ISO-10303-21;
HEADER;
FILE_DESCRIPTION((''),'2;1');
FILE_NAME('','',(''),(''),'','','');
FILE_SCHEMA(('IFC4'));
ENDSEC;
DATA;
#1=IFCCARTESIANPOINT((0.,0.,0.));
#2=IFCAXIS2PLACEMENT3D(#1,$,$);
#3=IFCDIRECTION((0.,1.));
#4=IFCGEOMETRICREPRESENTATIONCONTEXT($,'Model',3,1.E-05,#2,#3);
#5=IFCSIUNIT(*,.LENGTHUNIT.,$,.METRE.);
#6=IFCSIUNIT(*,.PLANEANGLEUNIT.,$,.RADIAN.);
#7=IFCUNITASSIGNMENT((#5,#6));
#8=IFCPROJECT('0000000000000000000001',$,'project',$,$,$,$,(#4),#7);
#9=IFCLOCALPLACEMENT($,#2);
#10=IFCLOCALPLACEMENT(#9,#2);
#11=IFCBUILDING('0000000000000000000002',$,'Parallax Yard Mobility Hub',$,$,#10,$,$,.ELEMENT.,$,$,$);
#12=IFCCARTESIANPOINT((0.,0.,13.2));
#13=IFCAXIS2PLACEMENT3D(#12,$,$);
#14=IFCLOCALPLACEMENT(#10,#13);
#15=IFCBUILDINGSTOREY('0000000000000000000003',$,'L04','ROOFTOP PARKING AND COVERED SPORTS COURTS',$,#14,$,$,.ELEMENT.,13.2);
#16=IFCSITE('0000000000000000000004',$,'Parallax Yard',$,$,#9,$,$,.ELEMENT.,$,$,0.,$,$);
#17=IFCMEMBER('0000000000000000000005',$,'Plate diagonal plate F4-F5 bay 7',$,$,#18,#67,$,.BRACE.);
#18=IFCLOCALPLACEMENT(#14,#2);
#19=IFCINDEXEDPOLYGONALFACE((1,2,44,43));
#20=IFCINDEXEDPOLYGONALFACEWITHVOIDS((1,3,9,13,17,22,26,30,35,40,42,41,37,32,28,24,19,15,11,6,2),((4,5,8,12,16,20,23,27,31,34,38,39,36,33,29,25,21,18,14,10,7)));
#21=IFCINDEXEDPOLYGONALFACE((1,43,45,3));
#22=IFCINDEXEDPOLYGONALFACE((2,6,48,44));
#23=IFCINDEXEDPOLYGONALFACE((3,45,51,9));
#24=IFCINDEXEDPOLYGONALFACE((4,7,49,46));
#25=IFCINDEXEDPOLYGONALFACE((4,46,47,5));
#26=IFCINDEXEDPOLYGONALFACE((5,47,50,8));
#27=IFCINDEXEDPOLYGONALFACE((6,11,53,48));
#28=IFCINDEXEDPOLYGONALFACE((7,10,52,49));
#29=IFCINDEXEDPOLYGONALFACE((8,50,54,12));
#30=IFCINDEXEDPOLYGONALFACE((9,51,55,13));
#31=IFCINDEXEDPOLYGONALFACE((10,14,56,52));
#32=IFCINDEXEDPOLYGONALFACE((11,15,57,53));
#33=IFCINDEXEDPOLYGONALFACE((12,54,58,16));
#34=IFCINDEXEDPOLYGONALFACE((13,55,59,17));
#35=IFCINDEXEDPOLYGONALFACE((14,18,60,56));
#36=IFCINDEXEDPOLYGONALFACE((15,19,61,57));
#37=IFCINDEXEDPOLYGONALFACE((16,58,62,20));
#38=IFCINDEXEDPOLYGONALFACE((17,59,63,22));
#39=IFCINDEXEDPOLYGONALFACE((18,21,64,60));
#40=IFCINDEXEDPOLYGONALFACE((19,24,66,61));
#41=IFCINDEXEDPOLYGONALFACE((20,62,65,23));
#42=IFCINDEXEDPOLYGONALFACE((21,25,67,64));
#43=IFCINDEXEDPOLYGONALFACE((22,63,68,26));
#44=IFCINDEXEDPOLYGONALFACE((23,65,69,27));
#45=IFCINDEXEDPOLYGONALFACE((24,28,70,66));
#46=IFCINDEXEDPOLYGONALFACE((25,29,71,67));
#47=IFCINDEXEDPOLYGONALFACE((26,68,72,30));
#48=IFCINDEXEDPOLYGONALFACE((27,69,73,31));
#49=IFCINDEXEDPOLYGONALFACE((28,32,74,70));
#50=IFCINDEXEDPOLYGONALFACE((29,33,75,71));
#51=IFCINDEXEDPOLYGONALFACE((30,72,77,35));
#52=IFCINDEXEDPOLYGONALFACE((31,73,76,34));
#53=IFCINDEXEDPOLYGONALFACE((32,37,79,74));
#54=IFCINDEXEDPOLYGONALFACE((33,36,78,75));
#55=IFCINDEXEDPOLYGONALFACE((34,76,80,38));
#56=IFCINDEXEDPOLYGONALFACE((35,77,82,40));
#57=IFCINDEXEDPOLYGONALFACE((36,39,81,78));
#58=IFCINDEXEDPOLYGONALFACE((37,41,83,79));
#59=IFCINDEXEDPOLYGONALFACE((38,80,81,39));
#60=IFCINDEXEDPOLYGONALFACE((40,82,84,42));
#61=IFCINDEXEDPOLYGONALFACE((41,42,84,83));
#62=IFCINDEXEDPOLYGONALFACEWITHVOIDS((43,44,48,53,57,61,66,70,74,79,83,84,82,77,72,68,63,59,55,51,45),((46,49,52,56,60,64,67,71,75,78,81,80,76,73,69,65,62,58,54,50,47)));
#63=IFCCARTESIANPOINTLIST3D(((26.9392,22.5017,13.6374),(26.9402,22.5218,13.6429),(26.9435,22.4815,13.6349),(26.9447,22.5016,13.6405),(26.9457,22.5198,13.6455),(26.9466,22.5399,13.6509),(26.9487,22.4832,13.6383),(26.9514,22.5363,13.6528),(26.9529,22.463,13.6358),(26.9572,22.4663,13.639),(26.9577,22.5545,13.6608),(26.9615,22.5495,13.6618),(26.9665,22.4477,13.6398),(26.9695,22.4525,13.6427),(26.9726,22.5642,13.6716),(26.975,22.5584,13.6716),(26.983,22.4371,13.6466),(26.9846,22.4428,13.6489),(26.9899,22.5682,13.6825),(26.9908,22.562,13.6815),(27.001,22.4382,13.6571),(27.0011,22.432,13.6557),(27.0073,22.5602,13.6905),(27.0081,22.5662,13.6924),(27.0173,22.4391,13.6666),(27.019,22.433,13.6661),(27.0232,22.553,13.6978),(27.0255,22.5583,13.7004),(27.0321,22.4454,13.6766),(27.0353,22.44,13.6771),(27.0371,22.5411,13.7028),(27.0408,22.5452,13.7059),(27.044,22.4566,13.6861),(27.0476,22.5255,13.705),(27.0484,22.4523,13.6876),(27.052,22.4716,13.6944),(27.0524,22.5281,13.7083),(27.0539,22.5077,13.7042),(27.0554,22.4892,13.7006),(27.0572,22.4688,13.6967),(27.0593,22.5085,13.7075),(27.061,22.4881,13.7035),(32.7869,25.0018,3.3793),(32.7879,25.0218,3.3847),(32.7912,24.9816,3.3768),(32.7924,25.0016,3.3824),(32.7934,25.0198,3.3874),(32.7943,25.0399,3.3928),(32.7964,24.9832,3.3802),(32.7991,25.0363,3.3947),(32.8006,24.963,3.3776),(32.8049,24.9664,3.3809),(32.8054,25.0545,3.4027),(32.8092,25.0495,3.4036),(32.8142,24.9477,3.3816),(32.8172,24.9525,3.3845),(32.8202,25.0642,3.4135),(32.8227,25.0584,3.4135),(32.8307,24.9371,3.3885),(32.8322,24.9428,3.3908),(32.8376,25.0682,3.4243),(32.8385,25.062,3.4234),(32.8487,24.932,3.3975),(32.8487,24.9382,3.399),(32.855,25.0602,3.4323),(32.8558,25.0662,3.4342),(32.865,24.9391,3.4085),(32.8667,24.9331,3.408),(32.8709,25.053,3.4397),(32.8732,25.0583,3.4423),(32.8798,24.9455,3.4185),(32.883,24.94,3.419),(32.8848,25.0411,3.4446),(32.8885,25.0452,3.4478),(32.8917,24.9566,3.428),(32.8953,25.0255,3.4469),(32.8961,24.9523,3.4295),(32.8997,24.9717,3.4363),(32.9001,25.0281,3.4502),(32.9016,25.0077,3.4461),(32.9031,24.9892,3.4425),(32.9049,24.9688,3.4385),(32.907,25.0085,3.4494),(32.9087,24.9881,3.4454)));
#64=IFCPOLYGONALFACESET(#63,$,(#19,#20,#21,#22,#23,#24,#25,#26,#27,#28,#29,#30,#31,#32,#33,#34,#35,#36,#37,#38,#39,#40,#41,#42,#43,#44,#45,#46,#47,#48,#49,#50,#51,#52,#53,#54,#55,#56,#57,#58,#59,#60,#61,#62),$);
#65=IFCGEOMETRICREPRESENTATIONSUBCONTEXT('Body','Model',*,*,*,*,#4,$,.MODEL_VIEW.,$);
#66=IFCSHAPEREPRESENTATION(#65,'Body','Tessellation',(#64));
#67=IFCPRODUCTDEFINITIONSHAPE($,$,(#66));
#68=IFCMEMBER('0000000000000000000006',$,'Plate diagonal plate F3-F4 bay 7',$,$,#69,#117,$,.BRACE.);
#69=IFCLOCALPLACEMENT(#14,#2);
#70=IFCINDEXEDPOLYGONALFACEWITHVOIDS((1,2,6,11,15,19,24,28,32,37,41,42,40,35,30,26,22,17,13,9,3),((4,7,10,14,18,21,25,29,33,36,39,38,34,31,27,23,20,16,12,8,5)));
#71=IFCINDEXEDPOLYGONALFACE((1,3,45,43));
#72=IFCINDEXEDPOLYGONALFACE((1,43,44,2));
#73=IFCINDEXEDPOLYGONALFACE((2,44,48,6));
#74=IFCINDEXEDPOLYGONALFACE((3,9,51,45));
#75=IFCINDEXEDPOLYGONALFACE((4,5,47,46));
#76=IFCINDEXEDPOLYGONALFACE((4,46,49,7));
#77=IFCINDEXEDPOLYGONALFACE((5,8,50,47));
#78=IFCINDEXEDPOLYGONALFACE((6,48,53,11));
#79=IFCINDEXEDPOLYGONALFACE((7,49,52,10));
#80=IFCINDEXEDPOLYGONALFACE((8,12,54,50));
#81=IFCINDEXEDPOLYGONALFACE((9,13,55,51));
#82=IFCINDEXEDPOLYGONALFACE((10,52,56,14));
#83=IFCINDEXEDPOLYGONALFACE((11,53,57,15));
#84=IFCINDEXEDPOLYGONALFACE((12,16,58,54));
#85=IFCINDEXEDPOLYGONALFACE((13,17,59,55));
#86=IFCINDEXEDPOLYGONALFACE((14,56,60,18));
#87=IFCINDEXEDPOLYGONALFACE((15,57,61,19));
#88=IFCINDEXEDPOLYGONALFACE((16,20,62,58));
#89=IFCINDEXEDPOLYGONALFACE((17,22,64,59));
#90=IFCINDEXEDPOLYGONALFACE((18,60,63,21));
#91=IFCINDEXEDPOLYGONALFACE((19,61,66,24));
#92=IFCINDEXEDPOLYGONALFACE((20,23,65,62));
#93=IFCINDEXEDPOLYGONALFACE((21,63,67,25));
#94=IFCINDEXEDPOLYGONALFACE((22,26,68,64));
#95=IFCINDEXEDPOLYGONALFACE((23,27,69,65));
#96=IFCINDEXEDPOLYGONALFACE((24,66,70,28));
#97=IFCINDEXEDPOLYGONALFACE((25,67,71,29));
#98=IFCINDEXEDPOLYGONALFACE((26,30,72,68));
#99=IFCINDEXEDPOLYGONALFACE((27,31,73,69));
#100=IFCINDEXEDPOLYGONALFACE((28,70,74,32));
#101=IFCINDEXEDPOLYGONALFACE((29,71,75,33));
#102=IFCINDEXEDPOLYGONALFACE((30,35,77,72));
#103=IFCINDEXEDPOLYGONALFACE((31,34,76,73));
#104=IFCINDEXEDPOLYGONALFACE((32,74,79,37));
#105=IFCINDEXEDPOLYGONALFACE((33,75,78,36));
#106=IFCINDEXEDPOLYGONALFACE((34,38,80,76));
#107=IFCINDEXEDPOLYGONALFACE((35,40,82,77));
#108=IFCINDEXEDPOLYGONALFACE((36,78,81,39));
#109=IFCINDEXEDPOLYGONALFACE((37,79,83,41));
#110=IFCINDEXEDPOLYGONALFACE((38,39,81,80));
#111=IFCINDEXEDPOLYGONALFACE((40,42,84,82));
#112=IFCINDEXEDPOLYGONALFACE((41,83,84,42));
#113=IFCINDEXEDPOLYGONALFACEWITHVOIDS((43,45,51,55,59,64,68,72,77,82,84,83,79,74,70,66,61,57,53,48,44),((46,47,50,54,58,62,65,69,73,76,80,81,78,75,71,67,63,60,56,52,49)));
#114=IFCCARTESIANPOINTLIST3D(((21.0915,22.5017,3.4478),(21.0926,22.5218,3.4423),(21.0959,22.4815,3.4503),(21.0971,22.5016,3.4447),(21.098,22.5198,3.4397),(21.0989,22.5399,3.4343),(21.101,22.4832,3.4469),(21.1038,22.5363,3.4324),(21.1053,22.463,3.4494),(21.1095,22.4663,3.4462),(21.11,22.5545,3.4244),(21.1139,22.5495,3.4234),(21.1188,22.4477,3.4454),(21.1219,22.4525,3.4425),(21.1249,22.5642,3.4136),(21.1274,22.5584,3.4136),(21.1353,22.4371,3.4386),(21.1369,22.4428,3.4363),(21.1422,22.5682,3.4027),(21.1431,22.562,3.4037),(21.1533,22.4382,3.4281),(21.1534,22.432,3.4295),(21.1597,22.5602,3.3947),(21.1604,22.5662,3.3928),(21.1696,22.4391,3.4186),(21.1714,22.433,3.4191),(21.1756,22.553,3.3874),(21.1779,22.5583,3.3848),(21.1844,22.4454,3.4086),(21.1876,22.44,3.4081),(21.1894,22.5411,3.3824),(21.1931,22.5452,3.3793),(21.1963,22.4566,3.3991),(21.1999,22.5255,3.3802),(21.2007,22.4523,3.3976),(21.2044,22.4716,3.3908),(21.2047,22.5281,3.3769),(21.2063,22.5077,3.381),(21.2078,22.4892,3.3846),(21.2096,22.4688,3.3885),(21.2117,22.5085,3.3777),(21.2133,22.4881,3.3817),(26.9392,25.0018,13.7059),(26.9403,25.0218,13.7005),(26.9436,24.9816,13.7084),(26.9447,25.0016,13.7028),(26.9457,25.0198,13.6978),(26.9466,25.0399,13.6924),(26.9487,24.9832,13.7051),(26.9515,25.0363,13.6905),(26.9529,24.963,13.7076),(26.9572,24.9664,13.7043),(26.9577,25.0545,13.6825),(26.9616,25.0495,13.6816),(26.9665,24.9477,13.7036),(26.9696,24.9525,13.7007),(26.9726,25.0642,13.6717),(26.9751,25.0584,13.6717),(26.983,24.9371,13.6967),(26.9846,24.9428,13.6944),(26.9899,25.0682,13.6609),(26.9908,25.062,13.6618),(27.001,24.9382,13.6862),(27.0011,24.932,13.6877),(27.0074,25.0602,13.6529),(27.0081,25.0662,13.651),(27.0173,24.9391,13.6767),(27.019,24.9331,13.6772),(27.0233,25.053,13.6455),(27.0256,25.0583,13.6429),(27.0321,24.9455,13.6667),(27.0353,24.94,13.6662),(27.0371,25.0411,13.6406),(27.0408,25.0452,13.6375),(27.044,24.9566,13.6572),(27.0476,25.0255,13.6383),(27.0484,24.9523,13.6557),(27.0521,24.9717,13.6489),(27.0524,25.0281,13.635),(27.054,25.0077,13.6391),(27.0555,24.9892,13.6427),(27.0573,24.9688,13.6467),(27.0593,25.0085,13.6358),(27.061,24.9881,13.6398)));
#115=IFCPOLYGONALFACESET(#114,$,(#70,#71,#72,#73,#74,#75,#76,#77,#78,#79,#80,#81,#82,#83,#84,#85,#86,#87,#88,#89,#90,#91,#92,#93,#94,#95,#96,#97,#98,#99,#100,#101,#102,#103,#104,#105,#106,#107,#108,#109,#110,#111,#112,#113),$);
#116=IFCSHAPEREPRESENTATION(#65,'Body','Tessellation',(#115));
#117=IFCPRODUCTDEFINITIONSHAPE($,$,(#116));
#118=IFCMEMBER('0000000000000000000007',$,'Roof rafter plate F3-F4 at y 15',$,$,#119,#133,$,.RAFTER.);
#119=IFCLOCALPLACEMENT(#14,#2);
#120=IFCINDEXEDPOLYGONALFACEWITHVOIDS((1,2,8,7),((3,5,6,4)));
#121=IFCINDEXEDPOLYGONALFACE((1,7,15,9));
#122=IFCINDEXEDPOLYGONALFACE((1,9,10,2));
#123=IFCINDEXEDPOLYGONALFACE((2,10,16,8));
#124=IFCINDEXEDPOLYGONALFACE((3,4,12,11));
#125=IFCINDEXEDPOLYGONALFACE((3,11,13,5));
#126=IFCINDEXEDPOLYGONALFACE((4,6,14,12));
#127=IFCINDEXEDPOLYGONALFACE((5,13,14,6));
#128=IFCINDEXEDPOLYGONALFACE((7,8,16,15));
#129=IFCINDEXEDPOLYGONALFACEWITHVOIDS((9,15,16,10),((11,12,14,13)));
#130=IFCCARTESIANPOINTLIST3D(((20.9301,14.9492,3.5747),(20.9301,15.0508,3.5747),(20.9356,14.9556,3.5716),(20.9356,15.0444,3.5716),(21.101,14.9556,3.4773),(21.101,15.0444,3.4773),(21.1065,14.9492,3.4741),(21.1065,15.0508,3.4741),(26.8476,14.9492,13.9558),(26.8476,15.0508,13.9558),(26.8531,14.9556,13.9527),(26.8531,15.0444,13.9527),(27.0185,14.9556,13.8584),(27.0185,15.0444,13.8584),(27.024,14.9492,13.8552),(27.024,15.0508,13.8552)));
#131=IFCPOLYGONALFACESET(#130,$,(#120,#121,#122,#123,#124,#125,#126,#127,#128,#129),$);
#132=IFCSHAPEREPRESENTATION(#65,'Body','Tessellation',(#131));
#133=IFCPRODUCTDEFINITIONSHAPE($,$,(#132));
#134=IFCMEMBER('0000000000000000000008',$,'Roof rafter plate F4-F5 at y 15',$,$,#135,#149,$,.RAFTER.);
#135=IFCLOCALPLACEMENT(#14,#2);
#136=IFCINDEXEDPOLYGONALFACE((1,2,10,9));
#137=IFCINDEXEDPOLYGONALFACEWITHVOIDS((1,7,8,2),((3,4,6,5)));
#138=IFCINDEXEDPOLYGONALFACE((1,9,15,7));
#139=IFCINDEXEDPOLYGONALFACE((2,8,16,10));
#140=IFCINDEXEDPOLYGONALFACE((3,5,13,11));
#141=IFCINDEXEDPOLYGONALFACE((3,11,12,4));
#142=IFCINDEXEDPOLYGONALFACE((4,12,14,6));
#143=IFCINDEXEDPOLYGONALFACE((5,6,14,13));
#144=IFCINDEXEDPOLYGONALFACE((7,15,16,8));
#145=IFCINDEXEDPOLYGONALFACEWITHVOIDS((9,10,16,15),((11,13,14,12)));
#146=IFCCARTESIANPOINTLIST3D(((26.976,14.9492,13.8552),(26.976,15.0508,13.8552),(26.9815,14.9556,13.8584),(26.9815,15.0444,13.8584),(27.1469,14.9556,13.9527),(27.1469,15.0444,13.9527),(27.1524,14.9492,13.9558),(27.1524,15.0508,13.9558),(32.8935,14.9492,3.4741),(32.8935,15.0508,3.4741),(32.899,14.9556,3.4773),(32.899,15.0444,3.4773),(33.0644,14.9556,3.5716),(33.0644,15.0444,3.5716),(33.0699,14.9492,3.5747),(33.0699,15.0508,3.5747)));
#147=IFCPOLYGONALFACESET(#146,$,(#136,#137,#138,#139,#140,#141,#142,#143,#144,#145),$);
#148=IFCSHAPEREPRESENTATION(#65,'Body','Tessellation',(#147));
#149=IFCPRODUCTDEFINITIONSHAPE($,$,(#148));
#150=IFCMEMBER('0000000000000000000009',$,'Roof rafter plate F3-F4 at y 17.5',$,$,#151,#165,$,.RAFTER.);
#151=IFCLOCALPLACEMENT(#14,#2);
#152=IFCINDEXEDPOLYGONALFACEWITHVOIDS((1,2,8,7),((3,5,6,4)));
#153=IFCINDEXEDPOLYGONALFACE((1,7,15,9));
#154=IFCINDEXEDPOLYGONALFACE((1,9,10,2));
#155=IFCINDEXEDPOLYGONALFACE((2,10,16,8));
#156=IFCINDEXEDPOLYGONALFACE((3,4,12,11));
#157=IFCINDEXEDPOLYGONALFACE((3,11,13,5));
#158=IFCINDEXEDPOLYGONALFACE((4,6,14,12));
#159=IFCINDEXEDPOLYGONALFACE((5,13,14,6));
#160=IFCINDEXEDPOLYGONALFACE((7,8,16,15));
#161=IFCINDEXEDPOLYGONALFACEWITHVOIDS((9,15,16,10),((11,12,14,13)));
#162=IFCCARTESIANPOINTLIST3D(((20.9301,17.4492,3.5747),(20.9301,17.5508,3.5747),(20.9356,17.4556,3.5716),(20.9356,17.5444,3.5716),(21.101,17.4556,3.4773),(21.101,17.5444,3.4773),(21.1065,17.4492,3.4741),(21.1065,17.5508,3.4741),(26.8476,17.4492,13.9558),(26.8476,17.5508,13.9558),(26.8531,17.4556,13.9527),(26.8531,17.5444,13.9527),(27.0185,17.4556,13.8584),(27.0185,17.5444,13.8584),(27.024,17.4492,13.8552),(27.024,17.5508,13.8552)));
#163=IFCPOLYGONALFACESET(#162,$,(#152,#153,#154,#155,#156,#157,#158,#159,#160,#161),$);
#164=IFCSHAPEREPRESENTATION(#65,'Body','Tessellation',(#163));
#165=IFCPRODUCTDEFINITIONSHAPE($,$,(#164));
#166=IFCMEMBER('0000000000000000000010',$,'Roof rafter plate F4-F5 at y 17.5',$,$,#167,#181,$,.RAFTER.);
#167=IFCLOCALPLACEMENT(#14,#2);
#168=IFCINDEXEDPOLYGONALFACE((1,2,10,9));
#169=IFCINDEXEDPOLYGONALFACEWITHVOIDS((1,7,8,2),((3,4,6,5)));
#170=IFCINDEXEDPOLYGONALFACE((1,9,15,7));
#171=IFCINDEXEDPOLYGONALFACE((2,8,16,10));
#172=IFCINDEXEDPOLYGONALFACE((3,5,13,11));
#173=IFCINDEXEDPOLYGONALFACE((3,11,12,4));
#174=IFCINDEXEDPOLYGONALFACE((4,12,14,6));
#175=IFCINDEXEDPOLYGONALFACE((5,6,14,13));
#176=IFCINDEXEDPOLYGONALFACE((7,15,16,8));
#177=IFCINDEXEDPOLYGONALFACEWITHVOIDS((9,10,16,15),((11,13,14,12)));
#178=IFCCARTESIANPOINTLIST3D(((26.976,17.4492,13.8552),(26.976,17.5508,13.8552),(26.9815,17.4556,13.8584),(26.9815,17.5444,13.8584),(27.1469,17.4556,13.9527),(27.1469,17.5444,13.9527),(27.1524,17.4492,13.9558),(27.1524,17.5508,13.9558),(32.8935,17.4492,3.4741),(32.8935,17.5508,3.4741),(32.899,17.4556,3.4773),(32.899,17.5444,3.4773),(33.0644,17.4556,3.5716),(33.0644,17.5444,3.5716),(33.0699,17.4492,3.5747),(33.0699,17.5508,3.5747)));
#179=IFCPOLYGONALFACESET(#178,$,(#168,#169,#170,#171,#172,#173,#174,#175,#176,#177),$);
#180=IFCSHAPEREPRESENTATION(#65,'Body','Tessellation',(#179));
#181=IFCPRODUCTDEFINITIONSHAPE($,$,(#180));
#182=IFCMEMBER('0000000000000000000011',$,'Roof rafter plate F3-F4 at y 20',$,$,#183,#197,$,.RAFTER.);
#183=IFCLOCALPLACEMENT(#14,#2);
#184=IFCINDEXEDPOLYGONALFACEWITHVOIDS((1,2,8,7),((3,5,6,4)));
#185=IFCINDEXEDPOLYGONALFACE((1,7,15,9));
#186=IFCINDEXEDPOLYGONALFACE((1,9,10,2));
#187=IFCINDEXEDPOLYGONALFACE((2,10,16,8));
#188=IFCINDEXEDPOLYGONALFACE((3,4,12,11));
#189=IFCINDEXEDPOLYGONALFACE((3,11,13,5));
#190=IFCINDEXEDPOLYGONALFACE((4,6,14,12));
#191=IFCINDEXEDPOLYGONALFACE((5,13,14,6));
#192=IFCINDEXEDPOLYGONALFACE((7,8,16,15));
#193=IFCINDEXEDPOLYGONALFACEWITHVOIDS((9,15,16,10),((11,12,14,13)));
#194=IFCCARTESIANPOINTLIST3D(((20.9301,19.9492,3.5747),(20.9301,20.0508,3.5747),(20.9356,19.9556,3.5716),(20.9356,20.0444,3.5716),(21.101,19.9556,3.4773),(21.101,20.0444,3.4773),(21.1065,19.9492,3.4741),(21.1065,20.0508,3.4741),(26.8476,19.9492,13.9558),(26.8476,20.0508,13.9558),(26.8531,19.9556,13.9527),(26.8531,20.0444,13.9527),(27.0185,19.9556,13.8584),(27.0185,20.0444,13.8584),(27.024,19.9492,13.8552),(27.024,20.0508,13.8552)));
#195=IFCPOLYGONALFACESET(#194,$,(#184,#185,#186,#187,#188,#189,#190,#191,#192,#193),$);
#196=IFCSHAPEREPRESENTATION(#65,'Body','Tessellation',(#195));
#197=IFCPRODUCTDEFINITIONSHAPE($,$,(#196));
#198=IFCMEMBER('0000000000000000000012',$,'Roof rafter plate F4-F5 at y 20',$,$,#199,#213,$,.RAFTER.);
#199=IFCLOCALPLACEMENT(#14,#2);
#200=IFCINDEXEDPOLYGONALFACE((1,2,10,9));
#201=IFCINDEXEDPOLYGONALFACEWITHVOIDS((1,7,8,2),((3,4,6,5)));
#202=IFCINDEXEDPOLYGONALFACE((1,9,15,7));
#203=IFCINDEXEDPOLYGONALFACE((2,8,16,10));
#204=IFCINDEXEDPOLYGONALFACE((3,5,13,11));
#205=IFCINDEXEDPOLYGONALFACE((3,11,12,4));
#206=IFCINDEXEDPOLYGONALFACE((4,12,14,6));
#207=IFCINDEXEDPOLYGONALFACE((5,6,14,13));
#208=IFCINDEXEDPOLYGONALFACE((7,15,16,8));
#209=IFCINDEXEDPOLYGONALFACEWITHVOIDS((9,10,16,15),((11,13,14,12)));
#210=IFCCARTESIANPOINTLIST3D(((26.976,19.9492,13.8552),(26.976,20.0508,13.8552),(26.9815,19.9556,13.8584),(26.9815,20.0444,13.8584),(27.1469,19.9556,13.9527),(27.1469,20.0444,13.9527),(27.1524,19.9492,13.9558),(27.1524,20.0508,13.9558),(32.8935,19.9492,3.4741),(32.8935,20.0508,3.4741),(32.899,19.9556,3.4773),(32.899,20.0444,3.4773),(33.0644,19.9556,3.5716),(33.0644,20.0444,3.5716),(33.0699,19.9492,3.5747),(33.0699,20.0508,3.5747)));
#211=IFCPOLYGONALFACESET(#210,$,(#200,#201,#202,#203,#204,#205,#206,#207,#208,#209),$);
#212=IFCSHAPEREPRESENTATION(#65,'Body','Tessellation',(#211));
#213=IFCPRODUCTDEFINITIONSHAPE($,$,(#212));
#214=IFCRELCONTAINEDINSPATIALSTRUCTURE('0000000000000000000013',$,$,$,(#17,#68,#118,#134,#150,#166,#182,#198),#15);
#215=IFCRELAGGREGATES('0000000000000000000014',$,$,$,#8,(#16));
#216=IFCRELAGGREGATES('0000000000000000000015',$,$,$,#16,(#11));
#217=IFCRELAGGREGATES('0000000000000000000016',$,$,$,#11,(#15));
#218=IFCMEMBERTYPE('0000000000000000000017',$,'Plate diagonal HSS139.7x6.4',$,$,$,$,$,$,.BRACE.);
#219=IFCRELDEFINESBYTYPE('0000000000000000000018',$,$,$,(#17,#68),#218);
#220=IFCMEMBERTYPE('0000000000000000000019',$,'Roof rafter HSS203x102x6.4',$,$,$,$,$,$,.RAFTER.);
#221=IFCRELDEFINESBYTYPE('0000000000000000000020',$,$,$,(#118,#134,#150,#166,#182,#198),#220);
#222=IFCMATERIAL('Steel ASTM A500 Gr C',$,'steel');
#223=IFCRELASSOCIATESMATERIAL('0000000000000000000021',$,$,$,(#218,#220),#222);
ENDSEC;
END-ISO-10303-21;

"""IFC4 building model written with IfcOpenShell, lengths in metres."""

from ifc_helpers import new_model, si_unit, direction, frame, origin, origin_2d, place, context, subcontext, project, spatial, hollow_rectangle, hollow_circle, extrude, material, material_profile, profile_set, type_object, element, save


model = new_model("IFC4")

# Units and contexts
model_context = context("Model", 3, precision=1e-05, world=origin(), true_north=direction((0.0, 1.0)))
body_context = subcontext(model_context, "Body", "Model", "MODEL_VIEW")
ifc_project = project(units=[si_unit("LENGTHUNIT", "METRE"), si_unit("PLANEANGLEUNIT", "RADIAN")], contexts=[model_context])

# Site, building, storey
site_placement = place(None, origin())
site = spatial("IfcSite", under=ifc_project, at=site_placement, Name="Parallax Yard", CompositionType="ELEMENT", RefElevation=0.0)
building_placement = place(site_placement, origin())
building = spatial("IfcBuilding", under=site, at=building_placement, Name="Parallax Yard Mobility Hub", CompositionType="ELEMENT")
storey_placement = place(building_placement, frame((0.0, 0.0, 13.2)))
storey = spatial("IfcBuildingStorey", under=building, at=storey_placement, Name="L04", Description="ROOFTOP PARKING AND COVERED SPORTS COURTS", CompositionType="ELEMENT", Elevation=13.2)

# Members
ifc_material_1 = material(Name="Steel ASTM A500 Gr C", Category="steel")
ifc_material_profile_1 = material_profile(ifc_material_1, hollow_circle(Radius=0.0698, WallThickness=0.0063, at=origin_2d()), Name="HSS139.7x6.4")
ifc_profile_set_1 = profile_set([ifc_material_profile_1], Name="Steel ASTM A500 Gr C")
member_type_1 = type_object("IfcMemberType", Name="Plate diagonal HSS139.7x6.4", PredefinedType="BRACE", material=ifc_profile_set_1)
for number, where, z_axis, x_axis, name in (
    (1, (27.0, 22.5, 13.6716), (0.484499, 0.207134, -0.849916), (-0.393104, 0.919494, 0.0), "Plate diagonal plate F4-F5 bay 7"),
    (2, (21.1523, 22.5, 3.4136), (0.484499, 0.207134, 0.849916), (-0.393104, 0.919494, 0.0), "Plate diagonal plate F3-F4 bay 7"),
):
    element("IfcMember", number, at=place(storey_placement, frame(where, z_axis=z_axis, x_axis=x_axis)), inside=storey, type_object=member_type_1, Name=name, PredefinedType="BRACE", context=body_context, shape_type="SweptSolid", body=[
        extrude(hollow_circle(Radius=0.0698, WallThickness=0.0063, at=origin_2d()), origin(), (0.0, 0.0, 1.0), 12.0696),
    ])
ifc_material_profile_2 = material_profile(ifc_material_1, hollow_rectangle(XDim=0.1016, YDim=0.2031, WallThickness=0.0063, at=origin_2d()), Name="HSS203x102x6.4")
ifc_profile_set_2 = profile_set([ifc_material_profile_2], Name="Steel ASTM A500 Gr C")
member_type_2 = type_object("IfcMemberType", Name="Roof rafter HSS203x102x6.4", PredefinedType="RAFTER", material=ifc_profile_set_2)
for number, where, z_axis, x_axis, name in (
    (3, (21.0183, 15.0, 3.5244), (0.495219, 0.0, 0.868768), (0.0, 1.0, 0.0), "Roof rafter plate F3-F4 at y 15"),
    (4, (27.0642, 15.0, 13.9055), (0.495219, 0.0, -0.868768), (0.0, 1.0, 0.0), "Roof rafter plate F4-F5 at y 15"),
    (5, (21.0183, 17.5, 3.5244), (0.495219, 0.0, 0.868768), (0.0, 1.0, 0.0), "Roof rafter plate F3-F4 at y 17.5"),
    (6, (27.0642, 17.5, 13.9055), (0.495219, 0.0, -0.868768), (0.0, 1.0, 0.0), "Roof rafter plate F4-F5 at y 17.5"),
    (7, (21.0183, 20.0, 3.5244), (0.495219, 0.0, 0.868768), (0.0, 1.0, 0.0), "Roof rafter plate F3-F4 at y 20"),
    (8, (27.0642, 20.0, 13.9055), (0.495219, 0.0, -0.868768), (0.0, 1.0, 0.0), "Roof rafter plate F4-F5 at y 20"),
):
    element("IfcMember", number, at=place(storey_placement, frame(where, z_axis=z_axis, x_axis=x_axis)), inside=storey, type_object=member_type_2, Name=name, PredefinedType="RAFTER", context=body_context, shape_type="SweptSolid", body=[
        extrude(hollow_rectangle(XDim=0.1016, YDim=0.2031, WallThickness=0.0063, at=origin_2d()), origin(), (0.0, 0.0, 1.0), 11.9492),
    ])

save(model, "model.ifc")
